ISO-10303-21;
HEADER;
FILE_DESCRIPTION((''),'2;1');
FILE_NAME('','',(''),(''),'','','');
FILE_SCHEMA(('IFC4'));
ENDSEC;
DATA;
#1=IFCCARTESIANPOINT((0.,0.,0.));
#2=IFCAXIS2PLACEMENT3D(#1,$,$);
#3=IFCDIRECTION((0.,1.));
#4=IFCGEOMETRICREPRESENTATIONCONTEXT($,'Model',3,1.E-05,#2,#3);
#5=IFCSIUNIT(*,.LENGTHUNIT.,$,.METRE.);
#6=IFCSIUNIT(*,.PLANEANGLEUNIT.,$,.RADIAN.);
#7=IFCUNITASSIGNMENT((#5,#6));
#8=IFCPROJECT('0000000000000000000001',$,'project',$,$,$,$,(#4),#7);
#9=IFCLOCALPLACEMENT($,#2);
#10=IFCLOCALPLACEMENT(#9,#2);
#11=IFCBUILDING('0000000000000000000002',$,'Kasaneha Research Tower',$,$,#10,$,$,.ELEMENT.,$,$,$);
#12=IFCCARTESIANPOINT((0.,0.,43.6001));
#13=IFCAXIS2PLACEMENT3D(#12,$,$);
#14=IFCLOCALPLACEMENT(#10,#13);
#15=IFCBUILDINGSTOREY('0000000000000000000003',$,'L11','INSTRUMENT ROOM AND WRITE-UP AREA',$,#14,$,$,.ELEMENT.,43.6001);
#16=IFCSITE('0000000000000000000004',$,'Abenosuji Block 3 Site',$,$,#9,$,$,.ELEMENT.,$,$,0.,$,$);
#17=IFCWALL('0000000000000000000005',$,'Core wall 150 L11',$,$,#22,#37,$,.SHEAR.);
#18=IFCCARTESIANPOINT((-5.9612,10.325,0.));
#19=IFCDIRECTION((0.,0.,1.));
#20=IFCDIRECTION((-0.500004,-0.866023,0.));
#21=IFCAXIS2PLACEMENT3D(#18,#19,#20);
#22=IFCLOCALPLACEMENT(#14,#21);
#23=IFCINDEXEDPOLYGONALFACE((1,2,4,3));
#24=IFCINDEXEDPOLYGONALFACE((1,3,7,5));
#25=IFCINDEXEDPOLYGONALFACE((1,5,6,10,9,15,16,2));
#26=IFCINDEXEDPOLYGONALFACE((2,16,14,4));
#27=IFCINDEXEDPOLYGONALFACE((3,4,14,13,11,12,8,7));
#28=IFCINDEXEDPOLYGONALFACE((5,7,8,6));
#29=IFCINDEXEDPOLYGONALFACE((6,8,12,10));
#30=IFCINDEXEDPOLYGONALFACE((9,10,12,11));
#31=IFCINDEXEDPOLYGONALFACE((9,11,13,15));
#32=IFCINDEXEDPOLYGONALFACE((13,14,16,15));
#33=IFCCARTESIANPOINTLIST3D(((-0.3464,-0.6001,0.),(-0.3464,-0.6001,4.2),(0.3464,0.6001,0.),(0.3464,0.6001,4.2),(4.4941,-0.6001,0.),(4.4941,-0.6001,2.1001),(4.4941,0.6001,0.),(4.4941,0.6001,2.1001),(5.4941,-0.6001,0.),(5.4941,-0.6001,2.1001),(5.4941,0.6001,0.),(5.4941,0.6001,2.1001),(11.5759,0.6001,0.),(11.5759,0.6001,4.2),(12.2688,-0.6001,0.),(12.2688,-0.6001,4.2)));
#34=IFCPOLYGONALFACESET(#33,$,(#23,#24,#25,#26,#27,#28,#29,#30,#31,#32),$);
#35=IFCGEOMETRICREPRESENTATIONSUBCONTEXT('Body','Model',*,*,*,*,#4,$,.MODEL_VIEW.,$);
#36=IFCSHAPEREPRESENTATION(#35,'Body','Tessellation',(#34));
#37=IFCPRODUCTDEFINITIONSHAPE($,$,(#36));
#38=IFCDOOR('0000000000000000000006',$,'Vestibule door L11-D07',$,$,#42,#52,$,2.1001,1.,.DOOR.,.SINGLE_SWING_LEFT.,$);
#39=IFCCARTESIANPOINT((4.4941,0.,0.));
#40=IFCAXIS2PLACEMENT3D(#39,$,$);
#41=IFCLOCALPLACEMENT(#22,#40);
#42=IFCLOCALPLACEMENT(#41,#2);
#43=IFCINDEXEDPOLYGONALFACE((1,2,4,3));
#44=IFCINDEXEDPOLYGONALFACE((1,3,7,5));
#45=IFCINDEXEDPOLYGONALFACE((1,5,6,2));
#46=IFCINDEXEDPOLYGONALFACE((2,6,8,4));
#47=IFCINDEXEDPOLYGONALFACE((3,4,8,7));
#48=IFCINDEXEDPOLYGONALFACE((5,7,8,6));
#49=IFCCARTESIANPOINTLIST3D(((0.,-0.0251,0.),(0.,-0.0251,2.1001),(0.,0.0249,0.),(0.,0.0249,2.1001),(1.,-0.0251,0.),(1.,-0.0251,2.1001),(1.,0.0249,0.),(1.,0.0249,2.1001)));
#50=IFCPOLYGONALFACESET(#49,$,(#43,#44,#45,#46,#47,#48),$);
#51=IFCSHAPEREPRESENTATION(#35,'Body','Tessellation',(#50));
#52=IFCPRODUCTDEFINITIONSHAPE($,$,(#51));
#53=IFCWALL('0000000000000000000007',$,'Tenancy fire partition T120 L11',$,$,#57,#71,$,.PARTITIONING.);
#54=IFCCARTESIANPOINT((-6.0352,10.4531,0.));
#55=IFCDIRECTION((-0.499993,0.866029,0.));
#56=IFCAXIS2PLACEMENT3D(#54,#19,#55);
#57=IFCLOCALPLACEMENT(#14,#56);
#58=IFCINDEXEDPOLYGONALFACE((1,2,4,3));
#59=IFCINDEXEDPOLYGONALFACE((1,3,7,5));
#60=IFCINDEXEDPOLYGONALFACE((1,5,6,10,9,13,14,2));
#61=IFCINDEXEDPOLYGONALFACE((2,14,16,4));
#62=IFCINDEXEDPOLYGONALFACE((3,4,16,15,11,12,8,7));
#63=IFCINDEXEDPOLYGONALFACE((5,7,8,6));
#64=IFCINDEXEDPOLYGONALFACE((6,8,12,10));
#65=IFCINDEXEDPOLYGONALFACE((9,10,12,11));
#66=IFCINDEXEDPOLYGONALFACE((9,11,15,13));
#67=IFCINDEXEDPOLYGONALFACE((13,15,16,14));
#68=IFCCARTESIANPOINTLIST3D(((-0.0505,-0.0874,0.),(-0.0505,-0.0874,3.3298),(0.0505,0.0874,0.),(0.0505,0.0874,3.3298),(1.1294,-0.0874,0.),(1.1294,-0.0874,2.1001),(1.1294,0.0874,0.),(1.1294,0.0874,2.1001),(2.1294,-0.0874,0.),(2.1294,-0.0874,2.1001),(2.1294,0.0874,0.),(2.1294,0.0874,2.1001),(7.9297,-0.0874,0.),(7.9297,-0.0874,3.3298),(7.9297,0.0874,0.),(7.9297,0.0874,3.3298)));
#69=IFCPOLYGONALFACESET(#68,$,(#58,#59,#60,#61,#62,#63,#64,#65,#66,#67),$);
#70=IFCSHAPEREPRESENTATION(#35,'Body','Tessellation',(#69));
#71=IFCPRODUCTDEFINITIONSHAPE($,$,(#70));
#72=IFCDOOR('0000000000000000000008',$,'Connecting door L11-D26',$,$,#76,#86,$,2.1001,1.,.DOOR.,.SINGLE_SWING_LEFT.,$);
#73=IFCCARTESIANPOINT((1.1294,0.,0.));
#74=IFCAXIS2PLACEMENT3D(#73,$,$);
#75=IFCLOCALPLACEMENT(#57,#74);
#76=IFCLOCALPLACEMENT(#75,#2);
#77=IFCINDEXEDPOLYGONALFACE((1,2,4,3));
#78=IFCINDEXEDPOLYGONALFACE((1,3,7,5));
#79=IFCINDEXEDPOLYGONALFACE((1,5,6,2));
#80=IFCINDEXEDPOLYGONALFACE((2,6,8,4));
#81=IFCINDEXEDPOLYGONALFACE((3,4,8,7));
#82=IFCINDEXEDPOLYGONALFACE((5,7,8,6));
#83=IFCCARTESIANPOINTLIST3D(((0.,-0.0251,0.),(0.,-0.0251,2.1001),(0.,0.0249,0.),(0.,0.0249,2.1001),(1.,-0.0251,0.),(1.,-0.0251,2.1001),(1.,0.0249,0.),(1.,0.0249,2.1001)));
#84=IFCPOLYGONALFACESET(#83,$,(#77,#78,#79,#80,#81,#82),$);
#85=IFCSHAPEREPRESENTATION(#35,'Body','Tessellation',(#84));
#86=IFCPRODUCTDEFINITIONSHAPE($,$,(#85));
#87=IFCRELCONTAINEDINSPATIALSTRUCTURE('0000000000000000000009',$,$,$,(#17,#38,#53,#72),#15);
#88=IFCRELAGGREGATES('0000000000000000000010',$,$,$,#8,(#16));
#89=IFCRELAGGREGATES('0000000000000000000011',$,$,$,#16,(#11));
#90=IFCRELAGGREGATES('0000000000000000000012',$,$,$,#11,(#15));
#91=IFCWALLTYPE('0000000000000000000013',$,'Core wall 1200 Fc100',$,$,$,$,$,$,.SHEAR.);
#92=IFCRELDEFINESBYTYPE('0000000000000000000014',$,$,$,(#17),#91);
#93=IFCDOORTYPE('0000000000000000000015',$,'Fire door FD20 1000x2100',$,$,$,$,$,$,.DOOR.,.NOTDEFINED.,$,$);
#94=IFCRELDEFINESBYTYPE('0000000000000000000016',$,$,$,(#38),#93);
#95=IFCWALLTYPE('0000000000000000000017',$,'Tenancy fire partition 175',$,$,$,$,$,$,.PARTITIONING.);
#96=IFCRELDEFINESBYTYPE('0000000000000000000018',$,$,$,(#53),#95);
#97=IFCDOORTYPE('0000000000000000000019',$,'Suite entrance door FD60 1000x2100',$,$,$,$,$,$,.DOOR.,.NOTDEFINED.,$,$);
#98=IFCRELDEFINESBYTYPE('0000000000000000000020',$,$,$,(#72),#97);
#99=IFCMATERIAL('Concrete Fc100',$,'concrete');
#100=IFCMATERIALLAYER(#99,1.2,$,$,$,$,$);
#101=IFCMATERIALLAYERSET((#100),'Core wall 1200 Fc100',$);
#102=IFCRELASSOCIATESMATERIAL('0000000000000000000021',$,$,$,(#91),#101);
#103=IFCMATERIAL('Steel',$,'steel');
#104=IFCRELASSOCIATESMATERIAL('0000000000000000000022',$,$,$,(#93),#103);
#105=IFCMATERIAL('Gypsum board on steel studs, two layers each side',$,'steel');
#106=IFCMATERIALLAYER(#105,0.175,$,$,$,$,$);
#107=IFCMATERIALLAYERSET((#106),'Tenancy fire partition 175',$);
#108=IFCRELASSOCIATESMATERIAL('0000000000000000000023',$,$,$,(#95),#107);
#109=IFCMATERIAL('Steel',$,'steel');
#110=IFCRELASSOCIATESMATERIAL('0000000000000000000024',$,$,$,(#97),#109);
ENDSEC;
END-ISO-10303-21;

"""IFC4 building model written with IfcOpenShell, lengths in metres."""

from ifc_helpers import new_model, si_unit, direction, frame, frame_2d, origin, place, context, subcontext, project, spatial, polyline, rectangle, outline, extrude, material, layer, layer_set, type_object, element, fill, save


model = new_model("IFC4")

# Units and contexts
model_context = context("Model", 3, precision=1e-05, world=origin(), true_north=direction((0.0, 1.0)))
body_context = subcontext(model_context, "Body", "Model", "MODEL_VIEW")
ifc_project = project(units=[si_unit("LENGTHUNIT", "METRE"), si_unit("PLANEANGLEUNIT", "RADIAN")], contexts=[model_context])

# Site, building, storey
site_placement = place(None, origin())
site = spatial("IfcSite", under=ifc_project, at=site_placement, Name="Abenosuji Block 3 Site", CompositionType="ELEMENT", RefElevation=0.0)
building_placement = place(site_placement, origin())
building = spatial("IfcBuilding", under=site, at=building_placement, Name="Kasaneha Research Tower", CompositionType="ELEMENT")
storey_placement = place(building_placement, frame((0.0, 0.0, 43.6001)))
storey = spatial("IfcBuildingStorey", under=building, at=storey_placement, Name="L11", Description="INSTRUMENT ROOM AND WRITE-UP AREA", CompositionType="ELEMENT", Elevation=43.6001)

# Wall, opening, door
ifc_material_1 = material(Name="Concrete Fc100", Category="concrete")
ifc_layer_1 = layer(ifc_material_1, 1.2)
ifc_layer_set_1 = layer_set([ifc_layer_1], Name="Core wall 1200 Fc100")
wall_type_1 = type_object("IfcWallType", Name="Core wall 1200 Fc100", PredefinedType="SHEAR", material=ifc_layer_set_1)
wall_1_placement = place(storey_placement, frame((-5.9612, 10.325, 0.0), z_axis=(0.0, 0.0, 1.0), x_axis=(-0.500004, -0.866023, 0.0)))
wall_1 = element("IfcWall", 1, at=wall_1_placement, inside=storey, type_object=wall_type_1, Name="Core wall 150 L11", PredefinedType="SHEAR", context=body_context, shape_type="SweptSolid", body=[
    extrude(outline(polyline([(-0.3464, -0.6001), (4.4941, -0.6001), (5.4941, -0.6001), (12.2688, -0.6001), (11.5759, 0.6001), (5.4941, 0.6001), (4.4941, 0.6001), (0.3464, 0.6001), (-0.3464, -0.6001)])), origin(), (0.0, 0.0, 1.0), 4.2),
])
opening_1_placement = place(wall_1_placement, frame((4.4941, 0.0, 0.0)))
opening_1 = element("IfcOpeningElement", 2, at=opening_1_placement, cuts=wall_1, PredefinedType="OPENING", context=body_context, shape_type="SweptSolid", body=[
    extrude(rectangle(XDim=1.0, YDim=2.1001, at=frame_2d((0.5, 1.05))), frame((0.0, 0.6099, 0.0), z_axis=(0.0, -1.0, 0.0), x_axis=(1.0, 0.0, 0.0)), (0.0, 0.0, 1.0), 1.22),
])
ifc_material_2 = material(Name="Steel", Category="steel")
door_type_1 = type_object("IfcDoorType", Name="Fire door FD20 1000x2100", OperationType="NOTDEFINED", PredefinedType="DOOR", material=ifc_material_2)
door_1_placement = place(opening_1_placement, origin())
door_1 = element("IfcDoor", 3, at=door_1_placement, inside=storey, type_object=door_type_1, Name="Vestibule door L11-D07", OperationType="SINGLE_SWING_LEFT", OverallHeight=2.1001, OverallWidth=1.0, PredefinedType="DOOR", context=body_context, shape_type="SweptSolid", body=[
    extrude(rectangle(XDim=1.0, YDim=2.1001, at=frame_2d((0.5, 1.05))), frame((0.0, 0.0249, 0.0), z_axis=(0.0, -1.0, 0.0), x_axis=(1.0, 0.0, 0.0)), (0.0, 0.0, 1.0), 0.05),
])
fill(opening_1, door_1)

# Wall, opening, door
ifc_material_3 = material(Name="Gypsum board on steel studs, two layers each side", Category="steel")
ifc_layer_2 = layer(ifc_material_3, 0.175)
ifc_layer_set_2 = layer_set([ifc_layer_2], Name="Tenancy fire partition 175")
wall_type_2 = type_object("IfcWallType", Name="Tenancy fire partition 175", PredefinedType="PARTITIONING", material=ifc_layer_set_2)
wall_2_placement = place(storey_placement, frame((-6.0352, 10.4531, 0.0), z_axis=(0.0, 0.0, 1.0), x_axis=(-0.499993, 0.866029, 0.0)))
wall_2 = element("IfcWall", 4, at=wall_2_placement, inside=storey, type_object=wall_type_2, Name="Tenancy fire partition T120 L11", PredefinedType="PARTITIONING", context=body_context, shape_type="SweptSolid", body=[
    extrude(outline(polyline([(-0.0505, -0.0874), (1.1294, -0.0874), (2.1294, -0.0874), (7.9297, -0.0874), (7.9297, 0.0874), (2.1294, 0.0874), (1.1294, 0.0874), (0.0505, 0.0874), (-0.0505, -0.0874)])), origin(), (0.0, 0.0, 1.0), 3.3298),
])
opening_2_placement = place(wall_2_placement, frame((1.1294, 0.0, 0.0)))
opening_2 = element("IfcOpeningElement", 5, at=opening_2_placement, cuts=wall_2, PredefinedType="OPENING", context=body_context, shape_type="SweptSolid", body=[
    extrude(rectangle(XDim=1.0, YDim=2.1001, at=frame_2d((0.5, 1.05))), frame((0.0, 0.0977, 0.0), z_axis=(0.0, -1.0, 0.0), x_axis=(1.0, 0.0, 0.0)), (0.0, 0.0, 1.0), 0.1951),
])
ifc_material_4 = material(Name="Steel", Category="steel")
door_type_2 = type_object("IfcDoorType", Name="Suite entrance door FD60 1000x2100", OperationType="NOTDEFINED", PredefinedType="DOOR", material=ifc_material_4)
door_2_placement = place(opening_2_placement, origin())
door_2 = element("IfcDoor", 6, at=door_2_placement, inside=storey, type_object=door_type_2, Name="Connecting door L11-D26", OperationType="SINGLE_SWING_LEFT", OverallHeight=2.1001, OverallWidth=1.0, PredefinedType="DOOR", context=body_context, shape_type="SweptSolid", body=[
    extrude(rectangle(XDim=1.0, YDim=2.1001, at=frame_2d((0.5, 1.05))), frame((0.0, 0.0249, 0.0), z_axis=(0.0, -1.0, 0.0), x_axis=(1.0, 0.0, 0.0)), (0.0, 0.0, 1.0), 0.05),
])
fill(opening_2, door_2)

save(model, "model.ifc")
